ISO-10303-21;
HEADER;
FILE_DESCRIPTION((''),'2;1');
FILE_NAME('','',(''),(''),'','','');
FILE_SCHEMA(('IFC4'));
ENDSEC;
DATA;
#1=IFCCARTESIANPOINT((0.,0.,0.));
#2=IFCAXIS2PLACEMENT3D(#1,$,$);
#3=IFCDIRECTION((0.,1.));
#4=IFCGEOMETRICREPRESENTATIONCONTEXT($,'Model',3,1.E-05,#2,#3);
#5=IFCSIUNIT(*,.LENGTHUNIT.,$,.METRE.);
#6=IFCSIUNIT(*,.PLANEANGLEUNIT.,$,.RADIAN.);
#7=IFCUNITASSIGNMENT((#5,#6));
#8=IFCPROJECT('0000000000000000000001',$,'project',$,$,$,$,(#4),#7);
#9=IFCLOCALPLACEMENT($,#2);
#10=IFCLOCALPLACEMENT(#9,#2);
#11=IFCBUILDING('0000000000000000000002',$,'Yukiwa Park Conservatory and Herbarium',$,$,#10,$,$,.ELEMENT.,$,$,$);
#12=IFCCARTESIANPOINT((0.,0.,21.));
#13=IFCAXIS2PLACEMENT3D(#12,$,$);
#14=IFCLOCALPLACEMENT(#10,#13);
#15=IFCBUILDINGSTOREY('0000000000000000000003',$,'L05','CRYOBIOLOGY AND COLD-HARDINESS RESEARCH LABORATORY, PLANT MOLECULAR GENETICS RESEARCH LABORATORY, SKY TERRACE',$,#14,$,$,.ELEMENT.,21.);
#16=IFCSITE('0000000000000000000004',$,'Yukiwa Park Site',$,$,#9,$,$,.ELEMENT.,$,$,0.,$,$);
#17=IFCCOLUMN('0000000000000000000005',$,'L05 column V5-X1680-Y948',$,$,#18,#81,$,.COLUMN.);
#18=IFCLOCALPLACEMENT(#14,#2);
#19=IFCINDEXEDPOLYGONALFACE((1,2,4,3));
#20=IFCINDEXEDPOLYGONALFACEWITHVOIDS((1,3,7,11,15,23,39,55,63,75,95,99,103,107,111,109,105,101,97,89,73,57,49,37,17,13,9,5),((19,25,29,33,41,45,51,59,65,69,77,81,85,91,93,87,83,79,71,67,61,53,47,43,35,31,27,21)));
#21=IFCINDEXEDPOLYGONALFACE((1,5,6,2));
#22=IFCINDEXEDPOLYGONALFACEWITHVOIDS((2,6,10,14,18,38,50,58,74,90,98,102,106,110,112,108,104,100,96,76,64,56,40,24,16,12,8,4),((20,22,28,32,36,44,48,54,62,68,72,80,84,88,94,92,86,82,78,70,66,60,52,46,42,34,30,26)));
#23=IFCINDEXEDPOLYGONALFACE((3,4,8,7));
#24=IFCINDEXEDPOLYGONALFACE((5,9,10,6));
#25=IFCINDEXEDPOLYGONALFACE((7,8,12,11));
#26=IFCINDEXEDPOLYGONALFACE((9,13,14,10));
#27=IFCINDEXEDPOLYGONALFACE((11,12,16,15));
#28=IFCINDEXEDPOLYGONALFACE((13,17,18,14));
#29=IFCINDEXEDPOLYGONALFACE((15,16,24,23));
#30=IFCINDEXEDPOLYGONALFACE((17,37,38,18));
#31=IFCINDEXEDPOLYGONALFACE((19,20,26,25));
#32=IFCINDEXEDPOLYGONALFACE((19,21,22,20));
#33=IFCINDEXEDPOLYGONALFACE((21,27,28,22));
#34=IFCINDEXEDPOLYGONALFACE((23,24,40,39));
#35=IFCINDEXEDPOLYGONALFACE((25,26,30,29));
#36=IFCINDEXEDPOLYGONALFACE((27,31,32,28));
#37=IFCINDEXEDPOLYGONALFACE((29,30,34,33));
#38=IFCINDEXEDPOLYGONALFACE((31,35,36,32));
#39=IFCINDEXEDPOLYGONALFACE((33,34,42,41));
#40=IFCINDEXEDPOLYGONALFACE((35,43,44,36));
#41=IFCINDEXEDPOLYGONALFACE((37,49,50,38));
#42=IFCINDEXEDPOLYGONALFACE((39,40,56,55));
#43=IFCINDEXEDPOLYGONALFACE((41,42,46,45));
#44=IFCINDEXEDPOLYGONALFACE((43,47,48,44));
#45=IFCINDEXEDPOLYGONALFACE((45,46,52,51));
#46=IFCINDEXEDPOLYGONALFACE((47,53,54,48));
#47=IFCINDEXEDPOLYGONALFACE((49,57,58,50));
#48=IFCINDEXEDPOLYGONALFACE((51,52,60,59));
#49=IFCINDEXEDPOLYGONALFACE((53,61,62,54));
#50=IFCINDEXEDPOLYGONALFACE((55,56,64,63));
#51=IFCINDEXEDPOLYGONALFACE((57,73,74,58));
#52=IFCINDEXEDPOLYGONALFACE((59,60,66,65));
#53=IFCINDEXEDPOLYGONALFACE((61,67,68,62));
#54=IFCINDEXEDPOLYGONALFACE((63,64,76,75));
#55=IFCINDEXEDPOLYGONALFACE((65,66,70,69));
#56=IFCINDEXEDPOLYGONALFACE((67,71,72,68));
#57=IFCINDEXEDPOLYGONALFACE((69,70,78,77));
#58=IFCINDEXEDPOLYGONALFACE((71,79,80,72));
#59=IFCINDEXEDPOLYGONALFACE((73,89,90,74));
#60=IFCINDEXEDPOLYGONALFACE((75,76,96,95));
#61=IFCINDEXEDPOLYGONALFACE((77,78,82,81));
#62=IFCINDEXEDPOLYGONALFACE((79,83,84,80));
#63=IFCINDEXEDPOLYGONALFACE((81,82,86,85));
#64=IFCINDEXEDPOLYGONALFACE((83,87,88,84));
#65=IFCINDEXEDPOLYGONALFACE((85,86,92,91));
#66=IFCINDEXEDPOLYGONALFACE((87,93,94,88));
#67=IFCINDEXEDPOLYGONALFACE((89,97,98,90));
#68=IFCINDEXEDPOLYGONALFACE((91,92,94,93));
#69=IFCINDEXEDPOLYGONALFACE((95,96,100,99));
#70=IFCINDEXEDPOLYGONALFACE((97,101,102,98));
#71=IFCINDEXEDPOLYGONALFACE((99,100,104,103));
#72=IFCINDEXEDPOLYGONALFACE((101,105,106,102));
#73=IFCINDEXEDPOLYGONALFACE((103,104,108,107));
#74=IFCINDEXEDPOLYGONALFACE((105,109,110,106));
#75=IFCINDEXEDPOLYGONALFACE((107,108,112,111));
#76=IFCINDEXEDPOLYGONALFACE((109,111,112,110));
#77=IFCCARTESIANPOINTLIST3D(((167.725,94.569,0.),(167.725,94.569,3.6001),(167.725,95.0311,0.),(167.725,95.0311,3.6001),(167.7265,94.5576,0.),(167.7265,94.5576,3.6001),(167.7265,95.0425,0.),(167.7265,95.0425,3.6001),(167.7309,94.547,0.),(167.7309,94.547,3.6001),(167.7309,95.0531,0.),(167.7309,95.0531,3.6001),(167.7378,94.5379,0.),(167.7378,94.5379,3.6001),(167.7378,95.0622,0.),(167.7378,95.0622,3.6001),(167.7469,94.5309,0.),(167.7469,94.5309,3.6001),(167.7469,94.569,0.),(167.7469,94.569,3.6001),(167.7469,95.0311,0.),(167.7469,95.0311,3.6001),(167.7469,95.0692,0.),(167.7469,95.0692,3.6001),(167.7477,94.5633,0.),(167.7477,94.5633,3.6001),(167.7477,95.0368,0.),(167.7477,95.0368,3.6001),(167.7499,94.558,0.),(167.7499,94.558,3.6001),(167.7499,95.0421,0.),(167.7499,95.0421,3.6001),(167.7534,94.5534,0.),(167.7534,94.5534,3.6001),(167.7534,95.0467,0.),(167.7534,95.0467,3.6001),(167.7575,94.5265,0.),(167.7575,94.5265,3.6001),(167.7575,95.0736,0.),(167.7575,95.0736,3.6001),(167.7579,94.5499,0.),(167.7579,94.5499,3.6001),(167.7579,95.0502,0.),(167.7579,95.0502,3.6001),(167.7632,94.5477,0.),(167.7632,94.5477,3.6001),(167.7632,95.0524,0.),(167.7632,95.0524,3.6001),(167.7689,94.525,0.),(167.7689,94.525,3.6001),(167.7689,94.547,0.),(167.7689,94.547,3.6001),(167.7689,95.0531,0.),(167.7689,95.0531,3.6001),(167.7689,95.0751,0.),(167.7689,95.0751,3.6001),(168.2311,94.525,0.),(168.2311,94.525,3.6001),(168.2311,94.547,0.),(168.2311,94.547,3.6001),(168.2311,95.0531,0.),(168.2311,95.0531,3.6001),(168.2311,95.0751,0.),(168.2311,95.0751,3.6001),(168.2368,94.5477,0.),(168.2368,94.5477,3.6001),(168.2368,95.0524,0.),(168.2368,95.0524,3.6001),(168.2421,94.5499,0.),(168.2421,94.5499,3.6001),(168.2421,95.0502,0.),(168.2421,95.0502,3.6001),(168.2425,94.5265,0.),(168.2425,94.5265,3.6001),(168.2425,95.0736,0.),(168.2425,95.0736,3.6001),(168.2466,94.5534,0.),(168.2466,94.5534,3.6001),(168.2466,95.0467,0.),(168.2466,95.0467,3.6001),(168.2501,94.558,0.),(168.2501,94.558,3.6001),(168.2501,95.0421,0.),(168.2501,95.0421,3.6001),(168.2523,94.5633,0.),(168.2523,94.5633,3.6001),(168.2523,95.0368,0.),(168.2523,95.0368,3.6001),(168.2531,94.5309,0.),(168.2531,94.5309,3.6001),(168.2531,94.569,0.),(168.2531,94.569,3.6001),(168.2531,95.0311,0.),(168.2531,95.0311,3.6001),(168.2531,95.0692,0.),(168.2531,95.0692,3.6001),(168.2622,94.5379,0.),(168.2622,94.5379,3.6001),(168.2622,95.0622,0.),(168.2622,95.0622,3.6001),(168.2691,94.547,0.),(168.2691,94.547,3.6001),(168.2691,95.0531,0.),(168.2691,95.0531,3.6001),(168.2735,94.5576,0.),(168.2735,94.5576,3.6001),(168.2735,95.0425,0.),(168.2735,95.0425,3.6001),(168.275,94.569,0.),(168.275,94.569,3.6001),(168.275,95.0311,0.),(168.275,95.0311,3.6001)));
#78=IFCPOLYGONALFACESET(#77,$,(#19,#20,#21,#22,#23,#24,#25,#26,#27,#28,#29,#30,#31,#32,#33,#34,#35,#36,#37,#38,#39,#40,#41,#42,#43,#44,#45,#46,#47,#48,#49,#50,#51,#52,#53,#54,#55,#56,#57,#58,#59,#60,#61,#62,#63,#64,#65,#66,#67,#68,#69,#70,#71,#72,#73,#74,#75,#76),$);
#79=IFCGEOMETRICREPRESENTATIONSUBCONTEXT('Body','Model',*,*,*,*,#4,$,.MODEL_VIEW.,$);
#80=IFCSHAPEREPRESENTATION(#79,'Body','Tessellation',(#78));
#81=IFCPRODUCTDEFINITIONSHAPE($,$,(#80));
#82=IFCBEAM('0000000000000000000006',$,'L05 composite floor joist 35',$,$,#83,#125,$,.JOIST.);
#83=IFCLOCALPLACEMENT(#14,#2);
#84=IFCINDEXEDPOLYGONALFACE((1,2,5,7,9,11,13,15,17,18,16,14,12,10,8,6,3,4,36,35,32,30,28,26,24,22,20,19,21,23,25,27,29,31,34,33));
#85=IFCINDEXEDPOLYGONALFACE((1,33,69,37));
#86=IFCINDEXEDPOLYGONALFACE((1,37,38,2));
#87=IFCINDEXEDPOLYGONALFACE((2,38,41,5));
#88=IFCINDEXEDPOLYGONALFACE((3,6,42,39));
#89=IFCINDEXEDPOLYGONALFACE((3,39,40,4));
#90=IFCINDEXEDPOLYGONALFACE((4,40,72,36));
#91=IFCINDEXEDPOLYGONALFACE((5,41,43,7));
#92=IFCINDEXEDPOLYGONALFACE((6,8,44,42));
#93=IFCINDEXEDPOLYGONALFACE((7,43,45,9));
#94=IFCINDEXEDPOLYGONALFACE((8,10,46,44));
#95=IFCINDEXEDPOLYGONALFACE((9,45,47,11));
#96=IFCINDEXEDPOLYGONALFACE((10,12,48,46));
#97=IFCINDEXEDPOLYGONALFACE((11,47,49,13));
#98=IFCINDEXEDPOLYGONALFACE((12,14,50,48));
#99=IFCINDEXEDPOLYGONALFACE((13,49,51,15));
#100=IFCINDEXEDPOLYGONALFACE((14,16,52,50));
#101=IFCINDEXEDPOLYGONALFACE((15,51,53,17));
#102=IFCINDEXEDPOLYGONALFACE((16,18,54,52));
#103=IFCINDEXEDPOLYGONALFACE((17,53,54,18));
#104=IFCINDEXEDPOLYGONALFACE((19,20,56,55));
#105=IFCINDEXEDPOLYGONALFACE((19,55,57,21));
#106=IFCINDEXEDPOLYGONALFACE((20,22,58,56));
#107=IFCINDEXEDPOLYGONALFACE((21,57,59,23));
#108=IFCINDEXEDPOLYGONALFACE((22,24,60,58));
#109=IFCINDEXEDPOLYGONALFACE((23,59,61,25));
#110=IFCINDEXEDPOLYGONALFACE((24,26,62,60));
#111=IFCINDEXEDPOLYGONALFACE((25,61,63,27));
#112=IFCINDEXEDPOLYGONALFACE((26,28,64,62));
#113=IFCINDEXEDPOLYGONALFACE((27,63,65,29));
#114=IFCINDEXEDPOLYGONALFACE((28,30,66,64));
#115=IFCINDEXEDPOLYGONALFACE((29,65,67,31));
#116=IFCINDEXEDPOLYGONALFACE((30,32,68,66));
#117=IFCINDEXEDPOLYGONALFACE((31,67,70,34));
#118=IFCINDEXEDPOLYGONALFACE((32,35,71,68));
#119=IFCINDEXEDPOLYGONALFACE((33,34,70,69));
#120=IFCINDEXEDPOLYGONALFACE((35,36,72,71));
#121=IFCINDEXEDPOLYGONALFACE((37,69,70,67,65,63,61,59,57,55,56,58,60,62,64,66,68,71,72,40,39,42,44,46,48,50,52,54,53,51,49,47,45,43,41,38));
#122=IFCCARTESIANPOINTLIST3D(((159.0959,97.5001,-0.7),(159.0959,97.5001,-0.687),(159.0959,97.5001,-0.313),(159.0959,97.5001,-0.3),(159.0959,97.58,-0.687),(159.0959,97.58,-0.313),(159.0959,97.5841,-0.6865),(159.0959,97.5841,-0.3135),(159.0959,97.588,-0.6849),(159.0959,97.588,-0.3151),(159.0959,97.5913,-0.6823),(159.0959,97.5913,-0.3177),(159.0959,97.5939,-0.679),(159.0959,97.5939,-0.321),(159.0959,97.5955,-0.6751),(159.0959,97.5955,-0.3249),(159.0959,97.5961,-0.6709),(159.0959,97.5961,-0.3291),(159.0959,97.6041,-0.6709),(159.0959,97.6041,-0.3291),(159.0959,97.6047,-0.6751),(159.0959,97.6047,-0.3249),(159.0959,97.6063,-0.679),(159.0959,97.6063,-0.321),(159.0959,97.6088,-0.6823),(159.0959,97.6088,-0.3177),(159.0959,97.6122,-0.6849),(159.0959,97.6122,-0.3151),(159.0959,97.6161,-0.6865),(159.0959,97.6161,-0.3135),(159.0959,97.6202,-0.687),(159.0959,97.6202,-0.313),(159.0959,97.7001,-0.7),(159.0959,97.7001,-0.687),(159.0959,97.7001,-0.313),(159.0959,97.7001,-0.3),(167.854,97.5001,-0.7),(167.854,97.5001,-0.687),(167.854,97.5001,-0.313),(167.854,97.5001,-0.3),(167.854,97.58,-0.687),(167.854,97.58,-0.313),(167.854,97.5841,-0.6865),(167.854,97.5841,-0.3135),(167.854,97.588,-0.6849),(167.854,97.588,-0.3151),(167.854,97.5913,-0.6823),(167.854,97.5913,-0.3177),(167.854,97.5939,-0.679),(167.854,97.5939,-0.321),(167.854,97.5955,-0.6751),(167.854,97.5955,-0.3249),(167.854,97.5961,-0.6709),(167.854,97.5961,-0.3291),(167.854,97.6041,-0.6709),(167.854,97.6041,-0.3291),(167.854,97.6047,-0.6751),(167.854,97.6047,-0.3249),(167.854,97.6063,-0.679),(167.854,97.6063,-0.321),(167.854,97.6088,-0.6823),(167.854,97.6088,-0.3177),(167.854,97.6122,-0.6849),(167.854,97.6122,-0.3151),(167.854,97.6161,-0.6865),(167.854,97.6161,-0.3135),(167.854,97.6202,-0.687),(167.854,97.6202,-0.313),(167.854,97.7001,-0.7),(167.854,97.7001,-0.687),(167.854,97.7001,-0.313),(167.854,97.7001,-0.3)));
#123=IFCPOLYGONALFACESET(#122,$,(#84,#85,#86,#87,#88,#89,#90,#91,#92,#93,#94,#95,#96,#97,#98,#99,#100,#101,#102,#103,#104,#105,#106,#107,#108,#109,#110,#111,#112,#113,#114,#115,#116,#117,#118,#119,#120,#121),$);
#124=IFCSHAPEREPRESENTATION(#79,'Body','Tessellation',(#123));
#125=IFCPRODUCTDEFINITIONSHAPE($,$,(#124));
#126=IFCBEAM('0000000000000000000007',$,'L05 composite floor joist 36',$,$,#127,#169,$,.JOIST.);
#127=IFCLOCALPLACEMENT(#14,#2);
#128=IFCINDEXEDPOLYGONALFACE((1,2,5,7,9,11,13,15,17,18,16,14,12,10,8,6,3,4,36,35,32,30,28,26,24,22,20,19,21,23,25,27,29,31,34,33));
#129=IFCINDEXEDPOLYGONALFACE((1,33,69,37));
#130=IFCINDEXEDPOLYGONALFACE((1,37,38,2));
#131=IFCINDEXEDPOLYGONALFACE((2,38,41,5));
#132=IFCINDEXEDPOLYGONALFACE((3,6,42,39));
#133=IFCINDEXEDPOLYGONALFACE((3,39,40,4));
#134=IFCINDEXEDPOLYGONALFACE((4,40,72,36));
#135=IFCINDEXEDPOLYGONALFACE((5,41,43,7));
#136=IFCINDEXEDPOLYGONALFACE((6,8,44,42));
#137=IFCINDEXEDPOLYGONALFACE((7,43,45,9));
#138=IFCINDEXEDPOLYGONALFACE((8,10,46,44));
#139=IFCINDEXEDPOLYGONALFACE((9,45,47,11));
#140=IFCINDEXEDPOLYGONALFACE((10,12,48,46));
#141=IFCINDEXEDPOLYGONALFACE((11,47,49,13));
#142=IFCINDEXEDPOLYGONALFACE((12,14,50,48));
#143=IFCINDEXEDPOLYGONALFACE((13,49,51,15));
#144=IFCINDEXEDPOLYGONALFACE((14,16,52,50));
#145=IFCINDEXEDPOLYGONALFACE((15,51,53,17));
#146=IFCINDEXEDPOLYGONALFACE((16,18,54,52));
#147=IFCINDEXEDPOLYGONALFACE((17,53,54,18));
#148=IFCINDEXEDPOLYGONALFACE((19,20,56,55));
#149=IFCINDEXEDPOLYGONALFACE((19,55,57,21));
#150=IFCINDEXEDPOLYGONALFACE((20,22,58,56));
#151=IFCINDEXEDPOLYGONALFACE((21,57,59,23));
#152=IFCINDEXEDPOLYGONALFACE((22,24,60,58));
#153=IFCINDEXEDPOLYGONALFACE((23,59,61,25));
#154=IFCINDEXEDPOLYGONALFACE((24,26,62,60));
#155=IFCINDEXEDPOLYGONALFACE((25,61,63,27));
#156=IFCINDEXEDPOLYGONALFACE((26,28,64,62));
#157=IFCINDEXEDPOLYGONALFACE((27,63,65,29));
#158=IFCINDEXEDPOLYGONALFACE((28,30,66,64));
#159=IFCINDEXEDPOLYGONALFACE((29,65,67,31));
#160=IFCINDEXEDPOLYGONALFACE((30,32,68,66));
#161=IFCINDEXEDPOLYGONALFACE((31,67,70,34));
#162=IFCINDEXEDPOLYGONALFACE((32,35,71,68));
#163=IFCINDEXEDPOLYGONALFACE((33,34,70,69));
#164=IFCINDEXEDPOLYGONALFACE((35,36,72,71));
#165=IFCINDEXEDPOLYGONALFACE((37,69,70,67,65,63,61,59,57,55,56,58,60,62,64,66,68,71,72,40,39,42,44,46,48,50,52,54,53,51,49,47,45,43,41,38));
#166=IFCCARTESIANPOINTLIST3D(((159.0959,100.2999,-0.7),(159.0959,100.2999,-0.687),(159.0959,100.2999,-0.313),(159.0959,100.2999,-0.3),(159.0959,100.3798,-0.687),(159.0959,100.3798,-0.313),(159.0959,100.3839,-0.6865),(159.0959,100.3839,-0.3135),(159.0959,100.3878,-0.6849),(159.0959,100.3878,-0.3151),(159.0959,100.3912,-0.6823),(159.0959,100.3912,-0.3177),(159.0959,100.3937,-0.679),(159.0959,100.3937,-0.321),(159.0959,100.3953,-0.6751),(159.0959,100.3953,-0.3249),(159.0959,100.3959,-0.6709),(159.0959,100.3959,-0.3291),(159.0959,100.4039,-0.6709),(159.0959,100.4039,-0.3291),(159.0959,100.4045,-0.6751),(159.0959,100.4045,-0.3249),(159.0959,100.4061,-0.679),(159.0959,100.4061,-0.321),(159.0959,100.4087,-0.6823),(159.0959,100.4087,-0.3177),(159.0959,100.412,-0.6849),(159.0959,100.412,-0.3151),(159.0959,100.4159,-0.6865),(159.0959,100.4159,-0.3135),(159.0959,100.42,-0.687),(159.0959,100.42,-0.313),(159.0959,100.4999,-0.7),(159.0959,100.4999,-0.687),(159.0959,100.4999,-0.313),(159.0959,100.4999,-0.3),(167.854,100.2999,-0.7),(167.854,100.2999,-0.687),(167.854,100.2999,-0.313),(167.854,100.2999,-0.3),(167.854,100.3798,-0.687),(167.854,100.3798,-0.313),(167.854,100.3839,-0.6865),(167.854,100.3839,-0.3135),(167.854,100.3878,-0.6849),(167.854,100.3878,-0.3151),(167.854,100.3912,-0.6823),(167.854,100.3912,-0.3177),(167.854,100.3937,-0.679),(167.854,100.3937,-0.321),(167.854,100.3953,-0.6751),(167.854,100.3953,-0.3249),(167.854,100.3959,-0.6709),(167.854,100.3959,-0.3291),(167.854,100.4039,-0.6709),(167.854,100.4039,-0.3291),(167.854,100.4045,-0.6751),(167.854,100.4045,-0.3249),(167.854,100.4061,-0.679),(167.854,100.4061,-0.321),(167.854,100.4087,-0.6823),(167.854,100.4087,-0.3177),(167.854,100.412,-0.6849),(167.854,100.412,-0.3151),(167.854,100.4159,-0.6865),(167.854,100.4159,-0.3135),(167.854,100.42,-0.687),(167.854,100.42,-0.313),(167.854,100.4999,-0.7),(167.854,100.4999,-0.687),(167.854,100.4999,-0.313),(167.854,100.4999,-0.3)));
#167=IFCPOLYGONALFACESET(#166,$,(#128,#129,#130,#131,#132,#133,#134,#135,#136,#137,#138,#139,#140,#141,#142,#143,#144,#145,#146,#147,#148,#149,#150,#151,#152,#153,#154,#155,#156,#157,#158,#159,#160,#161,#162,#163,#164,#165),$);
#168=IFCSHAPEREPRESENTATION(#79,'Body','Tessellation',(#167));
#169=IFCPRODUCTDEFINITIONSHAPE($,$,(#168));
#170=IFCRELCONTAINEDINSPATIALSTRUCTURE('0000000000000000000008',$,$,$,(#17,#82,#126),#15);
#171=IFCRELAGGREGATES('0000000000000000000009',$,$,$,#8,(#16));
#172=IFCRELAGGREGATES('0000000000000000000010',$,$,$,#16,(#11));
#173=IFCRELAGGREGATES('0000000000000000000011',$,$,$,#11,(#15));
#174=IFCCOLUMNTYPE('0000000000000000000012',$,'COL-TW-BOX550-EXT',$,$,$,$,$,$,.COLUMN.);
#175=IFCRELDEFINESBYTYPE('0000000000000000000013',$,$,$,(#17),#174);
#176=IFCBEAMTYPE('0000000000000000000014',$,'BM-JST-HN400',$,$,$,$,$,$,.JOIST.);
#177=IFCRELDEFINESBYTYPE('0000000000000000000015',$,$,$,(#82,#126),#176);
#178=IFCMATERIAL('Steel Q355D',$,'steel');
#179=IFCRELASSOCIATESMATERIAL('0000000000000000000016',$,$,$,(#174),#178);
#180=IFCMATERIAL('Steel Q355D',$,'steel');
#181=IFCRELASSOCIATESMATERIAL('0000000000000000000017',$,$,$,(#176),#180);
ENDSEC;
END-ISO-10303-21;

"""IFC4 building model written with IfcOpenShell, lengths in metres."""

from ifc_helpers import new_model, si_unit, direction, frame, origin, origin_2d, place, context, subcontext, project, spatial, hollow_rectangle, i_section, extrude, material, material_profile, profile_set, type_object, element, save


model = new_model("IFC4")

# Units and contexts
model_context = context("Model", 3, precision=1e-05, world=origin(), true_north=direction((0.0, 1.0)))
body_context = subcontext(model_context, "Body", "Model", "MODEL_VIEW")
ifc_project = project(units=[si_unit("LENGTHUNIT", "METRE"), si_unit("PLANEANGLEUNIT", "RADIAN")], contexts=[model_context])

# Site, building, storey
site_placement = place(None, origin())
site = spatial("IfcSite", under=ifc_project, at=site_placement, Name="Yukiwa Park Site", CompositionType="ELEMENT", RefElevation=0.0)
building_placement = place(site_placement, origin())
building = spatial("IfcBuilding", under=site, at=building_placement, Name="Yukiwa Park Conservatory and Herbarium", CompositionType="ELEMENT")
storey_placement = place(building_placement, frame((0.0, 0.0, 21.0)))
storey = spatial("IfcBuildingStorey", under=building, at=storey_placement, Name="L05", Description="CRYOBIOLOGY AND COLD-HARDINESS RESEARCH LABORATORY, PLANT MOLECULAR GENETICS RESEARCH LABORATORY, SKY TERRACE", CompositionType="ELEMENT", Elevation=21.0)

# Column
ifc_material_1 = material(Name="Steel Q355D", Category="steel")
ifc_material_profile_1 = material_profile(ifc_material_1, hollow_rectangle(XDim=0.55, YDim=0.55, WallThickness=0.022, InnerFilletRadius=0.022, OuterFilletRadius=0.0439, at=origin_2d()), Name="BOX 550x550x22")
ifc_profile_set_1 = profile_set([ifc_material_profile_1], Name="Steel Q355D")
column_type = type_object("IfcColumnType", Name="COL-TW-BOX550-EXT", PredefinedType="COLUMN", material=ifc_profile_set_1)
column_placement = place(storey_placement, frame((168.0, 94.8, 0.0), z_axis=(0.0, 0.0, 1.0), x_axis=(1.0, 0.0, 0.0)))
element("IfcColumn", 1, at=column_placement, inside=storey, type_object=column_type, Name="L05 column V5-X1680-Y948", PredefinedType="COLUMN", context=body_context, shape_type="SweptSolid", body=[
    extrude(hollow_rectangle(XDim=0.55, YDim=0.55, WallThickness=0.022, InnerFilletRadius=0.022, OuterFilletRadius=0.0439, at=origin_2d()), origin(), (0.0, 0.0, 1.0), 3.6001),
])

# Beams
ifc_material_2 = material(Name="Steel Q355D", Category="steel")
ifc_material_profile_2 = material_profile(ifc_material_2, i_section(OverallWidth=0.2, OverallDepth=0.3999, WebThickness=0.0081, FlangeThickness=0.0129, FilletRadius=0.0161, at=origin_2d()), Name="HN 400x200x8x13")
ifc_profile_set_2 = profile_set([ifc_material_profile_2], Name="Steel Q355D")
beam_type_1 = type_object("IfcBeamType", Name="BM-JST-HN400", PredefinedType="JOIST", material=ifc_profile_set_2)
for number, where, z_axis, x_axis, name in (
    (2, (159.0959, 97.6001, -0.5), (1.0, 0.0, 0.0), (0.0, 1.0, 0.0), "L05 composite floor joist 35"),
    (3, (159.0959, 100.3999, -0.5), (1.0, 0.0, 0.0), (0.0, 1.0, 0.0), "L05 composite floor joist 36"),
):
    element("IfcBeam", number, at=place(storey_placement, frame(where, z_axis=z_axis, x_axis=x_axis)), inside=storey, type_object=beam_type_1, Name=name, PredefinedType="JOIST", context=body_context, shape_type="SweptSolid", body=[
        extrude(i_section(OverallWidth=0.2, OverallDepth=0.3999, WebThickness=0.0081, FlangeThickness=0.0129, FilletRadius=0.0161, at=origin_2d()), origin(), (0.0, 0.0, 1.0), 8.7581),
    ])

save(model, "model.ifc")
